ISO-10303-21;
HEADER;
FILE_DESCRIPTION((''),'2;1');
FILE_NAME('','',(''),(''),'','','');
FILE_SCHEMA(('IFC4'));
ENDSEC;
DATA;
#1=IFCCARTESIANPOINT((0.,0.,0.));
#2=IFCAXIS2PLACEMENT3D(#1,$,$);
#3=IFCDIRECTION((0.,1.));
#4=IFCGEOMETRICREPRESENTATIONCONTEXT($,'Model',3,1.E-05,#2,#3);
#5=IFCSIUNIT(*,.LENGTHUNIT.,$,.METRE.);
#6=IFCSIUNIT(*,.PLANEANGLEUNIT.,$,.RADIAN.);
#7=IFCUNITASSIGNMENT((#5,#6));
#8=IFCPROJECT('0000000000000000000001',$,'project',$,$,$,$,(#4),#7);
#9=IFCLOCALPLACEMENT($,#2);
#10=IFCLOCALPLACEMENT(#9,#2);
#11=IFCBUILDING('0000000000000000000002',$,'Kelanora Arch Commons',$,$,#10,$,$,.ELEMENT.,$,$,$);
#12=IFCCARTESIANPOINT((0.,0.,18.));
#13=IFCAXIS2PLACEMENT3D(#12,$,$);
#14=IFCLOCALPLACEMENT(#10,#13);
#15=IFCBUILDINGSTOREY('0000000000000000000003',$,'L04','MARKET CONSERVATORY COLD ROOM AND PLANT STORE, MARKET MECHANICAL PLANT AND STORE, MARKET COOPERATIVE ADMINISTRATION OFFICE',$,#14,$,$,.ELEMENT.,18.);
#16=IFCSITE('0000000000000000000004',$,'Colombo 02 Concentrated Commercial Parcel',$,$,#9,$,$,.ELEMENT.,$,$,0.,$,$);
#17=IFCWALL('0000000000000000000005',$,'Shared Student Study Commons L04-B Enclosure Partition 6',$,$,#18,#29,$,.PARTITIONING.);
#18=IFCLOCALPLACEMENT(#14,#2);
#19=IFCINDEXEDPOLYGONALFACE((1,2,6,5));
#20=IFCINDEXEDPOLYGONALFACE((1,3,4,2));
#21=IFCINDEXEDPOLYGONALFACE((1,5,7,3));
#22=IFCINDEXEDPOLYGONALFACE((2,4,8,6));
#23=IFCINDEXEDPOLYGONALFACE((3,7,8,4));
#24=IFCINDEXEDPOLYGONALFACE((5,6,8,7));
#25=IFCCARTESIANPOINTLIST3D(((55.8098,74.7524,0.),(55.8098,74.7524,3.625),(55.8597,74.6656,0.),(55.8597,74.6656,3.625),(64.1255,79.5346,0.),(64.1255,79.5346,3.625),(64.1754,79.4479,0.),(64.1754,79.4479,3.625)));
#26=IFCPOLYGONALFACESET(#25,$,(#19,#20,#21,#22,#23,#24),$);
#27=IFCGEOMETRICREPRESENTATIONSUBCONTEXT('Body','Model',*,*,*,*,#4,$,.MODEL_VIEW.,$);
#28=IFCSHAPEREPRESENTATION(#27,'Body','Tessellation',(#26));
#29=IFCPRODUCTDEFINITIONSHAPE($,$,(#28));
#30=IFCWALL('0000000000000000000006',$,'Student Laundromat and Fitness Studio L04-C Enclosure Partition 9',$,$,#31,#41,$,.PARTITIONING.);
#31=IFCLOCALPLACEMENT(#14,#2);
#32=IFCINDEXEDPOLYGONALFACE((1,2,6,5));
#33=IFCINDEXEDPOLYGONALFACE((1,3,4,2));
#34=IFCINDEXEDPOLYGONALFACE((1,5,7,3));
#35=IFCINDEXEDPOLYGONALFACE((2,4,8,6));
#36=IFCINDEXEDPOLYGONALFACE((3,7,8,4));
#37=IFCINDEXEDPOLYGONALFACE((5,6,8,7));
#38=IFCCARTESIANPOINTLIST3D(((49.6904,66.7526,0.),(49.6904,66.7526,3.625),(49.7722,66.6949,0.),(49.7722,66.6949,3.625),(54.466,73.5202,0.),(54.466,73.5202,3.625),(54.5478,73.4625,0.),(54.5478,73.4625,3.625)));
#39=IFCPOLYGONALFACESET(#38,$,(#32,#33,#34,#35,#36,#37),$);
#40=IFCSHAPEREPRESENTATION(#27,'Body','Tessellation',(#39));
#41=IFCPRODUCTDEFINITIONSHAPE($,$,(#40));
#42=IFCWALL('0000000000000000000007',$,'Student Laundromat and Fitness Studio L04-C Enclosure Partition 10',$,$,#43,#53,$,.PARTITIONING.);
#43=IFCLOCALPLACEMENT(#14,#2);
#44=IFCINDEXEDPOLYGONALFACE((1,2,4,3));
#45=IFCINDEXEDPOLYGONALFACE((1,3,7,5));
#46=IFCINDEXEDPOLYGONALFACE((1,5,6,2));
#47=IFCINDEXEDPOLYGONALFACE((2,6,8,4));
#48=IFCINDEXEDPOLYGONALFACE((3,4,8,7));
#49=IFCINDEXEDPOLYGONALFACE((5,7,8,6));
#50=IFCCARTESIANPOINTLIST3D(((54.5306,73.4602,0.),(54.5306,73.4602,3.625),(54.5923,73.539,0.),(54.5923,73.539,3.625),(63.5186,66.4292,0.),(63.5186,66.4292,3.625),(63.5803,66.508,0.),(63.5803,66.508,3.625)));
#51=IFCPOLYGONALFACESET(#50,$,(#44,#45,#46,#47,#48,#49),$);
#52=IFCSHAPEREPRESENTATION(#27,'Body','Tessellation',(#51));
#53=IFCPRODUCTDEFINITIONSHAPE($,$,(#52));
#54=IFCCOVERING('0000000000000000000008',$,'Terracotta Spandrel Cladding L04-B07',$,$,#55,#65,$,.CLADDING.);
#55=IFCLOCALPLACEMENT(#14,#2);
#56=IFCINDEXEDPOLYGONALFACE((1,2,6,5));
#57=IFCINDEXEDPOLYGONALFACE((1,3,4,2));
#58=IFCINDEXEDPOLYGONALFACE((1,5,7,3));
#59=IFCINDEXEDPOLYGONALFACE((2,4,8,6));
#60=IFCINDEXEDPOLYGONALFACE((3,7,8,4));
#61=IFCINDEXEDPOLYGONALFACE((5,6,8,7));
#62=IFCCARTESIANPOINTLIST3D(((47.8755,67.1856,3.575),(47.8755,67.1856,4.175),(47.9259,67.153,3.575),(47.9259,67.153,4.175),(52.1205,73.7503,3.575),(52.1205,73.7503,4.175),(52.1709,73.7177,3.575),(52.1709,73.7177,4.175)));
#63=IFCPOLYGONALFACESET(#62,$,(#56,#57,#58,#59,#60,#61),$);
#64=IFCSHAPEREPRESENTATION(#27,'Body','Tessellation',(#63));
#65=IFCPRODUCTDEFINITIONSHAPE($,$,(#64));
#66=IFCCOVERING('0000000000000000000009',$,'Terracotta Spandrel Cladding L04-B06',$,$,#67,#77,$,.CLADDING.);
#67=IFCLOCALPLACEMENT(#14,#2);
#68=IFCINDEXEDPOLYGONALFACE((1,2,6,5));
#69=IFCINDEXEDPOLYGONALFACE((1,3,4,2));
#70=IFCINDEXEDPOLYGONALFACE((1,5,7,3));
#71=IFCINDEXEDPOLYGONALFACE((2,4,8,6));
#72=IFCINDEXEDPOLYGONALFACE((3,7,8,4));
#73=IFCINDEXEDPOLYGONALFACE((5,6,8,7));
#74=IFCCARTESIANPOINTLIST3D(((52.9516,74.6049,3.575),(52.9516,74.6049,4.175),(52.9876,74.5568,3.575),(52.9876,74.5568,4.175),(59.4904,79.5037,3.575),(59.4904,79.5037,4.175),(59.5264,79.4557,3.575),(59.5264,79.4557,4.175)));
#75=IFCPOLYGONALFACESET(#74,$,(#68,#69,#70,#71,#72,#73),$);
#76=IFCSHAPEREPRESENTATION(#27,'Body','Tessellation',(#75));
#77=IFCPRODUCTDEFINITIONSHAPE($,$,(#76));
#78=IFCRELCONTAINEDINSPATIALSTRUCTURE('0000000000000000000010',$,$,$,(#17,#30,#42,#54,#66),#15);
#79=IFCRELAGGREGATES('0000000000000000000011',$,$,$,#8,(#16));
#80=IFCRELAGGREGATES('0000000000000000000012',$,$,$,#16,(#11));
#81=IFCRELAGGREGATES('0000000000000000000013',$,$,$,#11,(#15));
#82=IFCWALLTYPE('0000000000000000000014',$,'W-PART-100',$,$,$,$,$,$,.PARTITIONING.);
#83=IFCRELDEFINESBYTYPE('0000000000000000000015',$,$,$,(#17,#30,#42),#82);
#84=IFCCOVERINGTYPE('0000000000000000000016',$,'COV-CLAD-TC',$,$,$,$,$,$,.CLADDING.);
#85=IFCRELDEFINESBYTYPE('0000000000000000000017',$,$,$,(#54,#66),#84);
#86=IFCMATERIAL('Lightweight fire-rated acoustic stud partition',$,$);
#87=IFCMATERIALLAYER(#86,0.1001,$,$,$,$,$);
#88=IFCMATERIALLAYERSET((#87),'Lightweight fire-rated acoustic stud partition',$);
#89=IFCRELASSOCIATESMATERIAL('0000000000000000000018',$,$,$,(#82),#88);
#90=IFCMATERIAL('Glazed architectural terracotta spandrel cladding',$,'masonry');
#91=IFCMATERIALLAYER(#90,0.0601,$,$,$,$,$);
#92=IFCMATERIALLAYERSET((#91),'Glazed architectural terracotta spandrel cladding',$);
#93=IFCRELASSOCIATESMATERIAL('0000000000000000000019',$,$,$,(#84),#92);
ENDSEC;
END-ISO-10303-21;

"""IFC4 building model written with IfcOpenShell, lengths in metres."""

from ifc_helpers import new_model, si_unit, direction, frame, frame_2d, origin, origin_2d, place, context, subcontext, project, spatial, rectangle, extrude, source, transform, mapped, material, layer, layer_set, type_object, element, save


model = new_model("IFC4")

# Units and contexts
model_context = context("Model", 3, precision=1e-05, world=origin(), true_north=direction((0.0, 1.0)))
body_context = subcontext(model_context, "Body", "Model", "MODEL_VIEW")
ifc_project = project(units=[si_unit("LENGTHUNIT", "METRE"), si_unit("PLANEANGLEUNIT", "RADIAN")], contexts=[model_context])

# Site, building, storey
site_placement = place(None, origin())
site = spatial("IfcSite", under=ifc_project, at=site_placement, Name="Colombo 02 Concentrated Commercial Parcel", CompositionType="ELEMENT", RefElevation=0.0)
building_placement = place(site_placement, origin())
building = spatial("IfcBuilding", under=site, at=building_placement, Name="Kelanora Arch Commons", CompositionType="ELEMENT")
storey_placement = place(building_placement, frame((0.0, 0.0, 18.0)))
storey = spatial("IfcBuildingStorey", under=building, at=storey_placement, Name="L04", Description="MARKET CONSERVATORY COLD ROOM AND PLANT STORE, MARKET MECHANICAL PLANT AND STORE, MARKET COOPERATIVE ADMINISTRATION OFFICE", CompositionType="ELEMENT", Elevation=18.0)

# Walls
ifc_material_1 = material(Name="Lightweight fire-rated acoustic stud partition")
ifc_layer_1 = layer(ifc_material_1, 0.1001)
ifc_layer_set_1 = layer_set([ifc_layer_1], Name="Lightweight fire-rated acoustic stud partition")
wall_type_1 = type_object("IfcWallType", Name="W-PART-100", PredefinedType="PARTITIONING", material=ifc_layer_set_1)
wall_1_placement = place(storey_placement, frame((55.8347, 74.709, 0.0), z_axis=(0.0, 0.0, 1.0), x_axis=(0.866874, 0.498527, 0.0)))
element("IfcWall", 1, at=wall_1_placement, inside=storey, type_object=wall_type_1, Name="Shared Student Study Commons L04-B Enclosure Partition 6", PredefinedType="PARTITIONING", context=body_context, shape_type="SweptSolid", body=[
    extrude(rectangle(XDim=9.5928, YDim=0.1001, at=frame_2d((4.7964, 0.0))), origin(), (0.0, 0.0, 1.0), 3.625),
])
wall_2_placement = place(storey_placement, frame((49.7312, 66.7236, 0.0), z_axis=(0.0, 0.0, 1.0), x_axis=(0.576564, 0.817052, 0.0)))
element("IfcWall", 2, at=wall_2_placement, inside=storey, type_object=wall_type_1, Name="Student Laundromat and Fitness Studio L04-C Enclosure Partition 9", PredefinedType="PARTITIONING", context=body_context, shape_type="SweptSolid", body=[
    extrude(rectangle(XDim=8.283, YDim=0.1001, at=frame_2d((4.1416, 0.0))), origin(), (0.0, 0.0, 1.0), 3.625),
])
wall_3_placement = place(storey_placement, frame((54.5615, 73.4995, 0.0), z_axis=(0.0, 0.0, 1.0), x_axis=(0.787637, -0.616139, 0.0)))
element("IfcWall", 3, at=wall_3_placement, inside=storey, type_object=wall_type_1, Name="Student Laundromat and Fitness Studio L04-C Enclosure Partition 10", PredefinedType="PARTITIONING", context=body_context, shape_type="SweptSolid", body=[
    extrude(rectangle(XDim=11.4114, YDim=0.1001, at=frame_2d((5.7056, 0.0))), origin(), (0.0, 0.0, 1.0), 3.625),
])

# Coverings
ifc_material_2 = material(Name="Glazed architectural terracotta spandrel cladding", Category="masonry")
ifc_layer_2 = layer(ifc_material_2, 0.0601)
ifc_layer_set_2 = layer_set([ifc_layer_2], Name="Glazed architectural terracotta spandrel cladding")
covering_type = type_object("IfcCoveringType", Name="COV-CLAD-TC", PredefinedType="CLADDING", material=ifc_layer_set_2)
shared_shape_1 = source(origin(), body_context, "Body", "SweptSolid", [
    extrude(rectangle(XDim=7.8176, YDim=0.0601, at=origin_2d()), origin(), (0.0, 0.0, 1.0), 0.6001),
])
covering_1_placement = place(storey_placement, frame((50.0232, 70.4517, 3.575), z_axis=(0.0, 0.0, 1.0), x_axis=(-0.543005, -0.839729, 0.0)))
element("IfcCovering", 4, at=covering_1_placement, inside=storey, type_object=covering_type, Name="Terracotta Spandrel Cladding L04-B07", PredefinedType="CLADDING", context=body_context, shape_type="MappedRepresentation", body=[
    mapped(shared_shape_1, transform((0.0, 0.0, 0.0), scale=1.0)),
])
shared_shape_2 = source(origin(), body_context, "Body", "SweptSolid", [
    extrude(rectangle(XDim=8.1704, YDim=0.0601, at=origin_2d()), origin(), (0.0, 0.0, 1.0), 0.6001),
])
covering_2_placement = place(storey_placement, frame((56.239, 77.0303, 3.575), z_axis=(0.0, 0.0, 1.0), x_axis=(-0.80031, -0.599587, 0.0)))
element("IfcCovering", 5, at=covering_2_placement, inside=storey, type_object=covering_type, Name="Terracotta Spandrel Cladding L04-B06", PredefinedType="CLADDING", context=body_context, shape_type="MappedRepresentation", body=[
    mapped(shared_shape_2, transform((0.0, 0.0, 0.0), scale=1.0)),
])

save(model, "model.ifc")
